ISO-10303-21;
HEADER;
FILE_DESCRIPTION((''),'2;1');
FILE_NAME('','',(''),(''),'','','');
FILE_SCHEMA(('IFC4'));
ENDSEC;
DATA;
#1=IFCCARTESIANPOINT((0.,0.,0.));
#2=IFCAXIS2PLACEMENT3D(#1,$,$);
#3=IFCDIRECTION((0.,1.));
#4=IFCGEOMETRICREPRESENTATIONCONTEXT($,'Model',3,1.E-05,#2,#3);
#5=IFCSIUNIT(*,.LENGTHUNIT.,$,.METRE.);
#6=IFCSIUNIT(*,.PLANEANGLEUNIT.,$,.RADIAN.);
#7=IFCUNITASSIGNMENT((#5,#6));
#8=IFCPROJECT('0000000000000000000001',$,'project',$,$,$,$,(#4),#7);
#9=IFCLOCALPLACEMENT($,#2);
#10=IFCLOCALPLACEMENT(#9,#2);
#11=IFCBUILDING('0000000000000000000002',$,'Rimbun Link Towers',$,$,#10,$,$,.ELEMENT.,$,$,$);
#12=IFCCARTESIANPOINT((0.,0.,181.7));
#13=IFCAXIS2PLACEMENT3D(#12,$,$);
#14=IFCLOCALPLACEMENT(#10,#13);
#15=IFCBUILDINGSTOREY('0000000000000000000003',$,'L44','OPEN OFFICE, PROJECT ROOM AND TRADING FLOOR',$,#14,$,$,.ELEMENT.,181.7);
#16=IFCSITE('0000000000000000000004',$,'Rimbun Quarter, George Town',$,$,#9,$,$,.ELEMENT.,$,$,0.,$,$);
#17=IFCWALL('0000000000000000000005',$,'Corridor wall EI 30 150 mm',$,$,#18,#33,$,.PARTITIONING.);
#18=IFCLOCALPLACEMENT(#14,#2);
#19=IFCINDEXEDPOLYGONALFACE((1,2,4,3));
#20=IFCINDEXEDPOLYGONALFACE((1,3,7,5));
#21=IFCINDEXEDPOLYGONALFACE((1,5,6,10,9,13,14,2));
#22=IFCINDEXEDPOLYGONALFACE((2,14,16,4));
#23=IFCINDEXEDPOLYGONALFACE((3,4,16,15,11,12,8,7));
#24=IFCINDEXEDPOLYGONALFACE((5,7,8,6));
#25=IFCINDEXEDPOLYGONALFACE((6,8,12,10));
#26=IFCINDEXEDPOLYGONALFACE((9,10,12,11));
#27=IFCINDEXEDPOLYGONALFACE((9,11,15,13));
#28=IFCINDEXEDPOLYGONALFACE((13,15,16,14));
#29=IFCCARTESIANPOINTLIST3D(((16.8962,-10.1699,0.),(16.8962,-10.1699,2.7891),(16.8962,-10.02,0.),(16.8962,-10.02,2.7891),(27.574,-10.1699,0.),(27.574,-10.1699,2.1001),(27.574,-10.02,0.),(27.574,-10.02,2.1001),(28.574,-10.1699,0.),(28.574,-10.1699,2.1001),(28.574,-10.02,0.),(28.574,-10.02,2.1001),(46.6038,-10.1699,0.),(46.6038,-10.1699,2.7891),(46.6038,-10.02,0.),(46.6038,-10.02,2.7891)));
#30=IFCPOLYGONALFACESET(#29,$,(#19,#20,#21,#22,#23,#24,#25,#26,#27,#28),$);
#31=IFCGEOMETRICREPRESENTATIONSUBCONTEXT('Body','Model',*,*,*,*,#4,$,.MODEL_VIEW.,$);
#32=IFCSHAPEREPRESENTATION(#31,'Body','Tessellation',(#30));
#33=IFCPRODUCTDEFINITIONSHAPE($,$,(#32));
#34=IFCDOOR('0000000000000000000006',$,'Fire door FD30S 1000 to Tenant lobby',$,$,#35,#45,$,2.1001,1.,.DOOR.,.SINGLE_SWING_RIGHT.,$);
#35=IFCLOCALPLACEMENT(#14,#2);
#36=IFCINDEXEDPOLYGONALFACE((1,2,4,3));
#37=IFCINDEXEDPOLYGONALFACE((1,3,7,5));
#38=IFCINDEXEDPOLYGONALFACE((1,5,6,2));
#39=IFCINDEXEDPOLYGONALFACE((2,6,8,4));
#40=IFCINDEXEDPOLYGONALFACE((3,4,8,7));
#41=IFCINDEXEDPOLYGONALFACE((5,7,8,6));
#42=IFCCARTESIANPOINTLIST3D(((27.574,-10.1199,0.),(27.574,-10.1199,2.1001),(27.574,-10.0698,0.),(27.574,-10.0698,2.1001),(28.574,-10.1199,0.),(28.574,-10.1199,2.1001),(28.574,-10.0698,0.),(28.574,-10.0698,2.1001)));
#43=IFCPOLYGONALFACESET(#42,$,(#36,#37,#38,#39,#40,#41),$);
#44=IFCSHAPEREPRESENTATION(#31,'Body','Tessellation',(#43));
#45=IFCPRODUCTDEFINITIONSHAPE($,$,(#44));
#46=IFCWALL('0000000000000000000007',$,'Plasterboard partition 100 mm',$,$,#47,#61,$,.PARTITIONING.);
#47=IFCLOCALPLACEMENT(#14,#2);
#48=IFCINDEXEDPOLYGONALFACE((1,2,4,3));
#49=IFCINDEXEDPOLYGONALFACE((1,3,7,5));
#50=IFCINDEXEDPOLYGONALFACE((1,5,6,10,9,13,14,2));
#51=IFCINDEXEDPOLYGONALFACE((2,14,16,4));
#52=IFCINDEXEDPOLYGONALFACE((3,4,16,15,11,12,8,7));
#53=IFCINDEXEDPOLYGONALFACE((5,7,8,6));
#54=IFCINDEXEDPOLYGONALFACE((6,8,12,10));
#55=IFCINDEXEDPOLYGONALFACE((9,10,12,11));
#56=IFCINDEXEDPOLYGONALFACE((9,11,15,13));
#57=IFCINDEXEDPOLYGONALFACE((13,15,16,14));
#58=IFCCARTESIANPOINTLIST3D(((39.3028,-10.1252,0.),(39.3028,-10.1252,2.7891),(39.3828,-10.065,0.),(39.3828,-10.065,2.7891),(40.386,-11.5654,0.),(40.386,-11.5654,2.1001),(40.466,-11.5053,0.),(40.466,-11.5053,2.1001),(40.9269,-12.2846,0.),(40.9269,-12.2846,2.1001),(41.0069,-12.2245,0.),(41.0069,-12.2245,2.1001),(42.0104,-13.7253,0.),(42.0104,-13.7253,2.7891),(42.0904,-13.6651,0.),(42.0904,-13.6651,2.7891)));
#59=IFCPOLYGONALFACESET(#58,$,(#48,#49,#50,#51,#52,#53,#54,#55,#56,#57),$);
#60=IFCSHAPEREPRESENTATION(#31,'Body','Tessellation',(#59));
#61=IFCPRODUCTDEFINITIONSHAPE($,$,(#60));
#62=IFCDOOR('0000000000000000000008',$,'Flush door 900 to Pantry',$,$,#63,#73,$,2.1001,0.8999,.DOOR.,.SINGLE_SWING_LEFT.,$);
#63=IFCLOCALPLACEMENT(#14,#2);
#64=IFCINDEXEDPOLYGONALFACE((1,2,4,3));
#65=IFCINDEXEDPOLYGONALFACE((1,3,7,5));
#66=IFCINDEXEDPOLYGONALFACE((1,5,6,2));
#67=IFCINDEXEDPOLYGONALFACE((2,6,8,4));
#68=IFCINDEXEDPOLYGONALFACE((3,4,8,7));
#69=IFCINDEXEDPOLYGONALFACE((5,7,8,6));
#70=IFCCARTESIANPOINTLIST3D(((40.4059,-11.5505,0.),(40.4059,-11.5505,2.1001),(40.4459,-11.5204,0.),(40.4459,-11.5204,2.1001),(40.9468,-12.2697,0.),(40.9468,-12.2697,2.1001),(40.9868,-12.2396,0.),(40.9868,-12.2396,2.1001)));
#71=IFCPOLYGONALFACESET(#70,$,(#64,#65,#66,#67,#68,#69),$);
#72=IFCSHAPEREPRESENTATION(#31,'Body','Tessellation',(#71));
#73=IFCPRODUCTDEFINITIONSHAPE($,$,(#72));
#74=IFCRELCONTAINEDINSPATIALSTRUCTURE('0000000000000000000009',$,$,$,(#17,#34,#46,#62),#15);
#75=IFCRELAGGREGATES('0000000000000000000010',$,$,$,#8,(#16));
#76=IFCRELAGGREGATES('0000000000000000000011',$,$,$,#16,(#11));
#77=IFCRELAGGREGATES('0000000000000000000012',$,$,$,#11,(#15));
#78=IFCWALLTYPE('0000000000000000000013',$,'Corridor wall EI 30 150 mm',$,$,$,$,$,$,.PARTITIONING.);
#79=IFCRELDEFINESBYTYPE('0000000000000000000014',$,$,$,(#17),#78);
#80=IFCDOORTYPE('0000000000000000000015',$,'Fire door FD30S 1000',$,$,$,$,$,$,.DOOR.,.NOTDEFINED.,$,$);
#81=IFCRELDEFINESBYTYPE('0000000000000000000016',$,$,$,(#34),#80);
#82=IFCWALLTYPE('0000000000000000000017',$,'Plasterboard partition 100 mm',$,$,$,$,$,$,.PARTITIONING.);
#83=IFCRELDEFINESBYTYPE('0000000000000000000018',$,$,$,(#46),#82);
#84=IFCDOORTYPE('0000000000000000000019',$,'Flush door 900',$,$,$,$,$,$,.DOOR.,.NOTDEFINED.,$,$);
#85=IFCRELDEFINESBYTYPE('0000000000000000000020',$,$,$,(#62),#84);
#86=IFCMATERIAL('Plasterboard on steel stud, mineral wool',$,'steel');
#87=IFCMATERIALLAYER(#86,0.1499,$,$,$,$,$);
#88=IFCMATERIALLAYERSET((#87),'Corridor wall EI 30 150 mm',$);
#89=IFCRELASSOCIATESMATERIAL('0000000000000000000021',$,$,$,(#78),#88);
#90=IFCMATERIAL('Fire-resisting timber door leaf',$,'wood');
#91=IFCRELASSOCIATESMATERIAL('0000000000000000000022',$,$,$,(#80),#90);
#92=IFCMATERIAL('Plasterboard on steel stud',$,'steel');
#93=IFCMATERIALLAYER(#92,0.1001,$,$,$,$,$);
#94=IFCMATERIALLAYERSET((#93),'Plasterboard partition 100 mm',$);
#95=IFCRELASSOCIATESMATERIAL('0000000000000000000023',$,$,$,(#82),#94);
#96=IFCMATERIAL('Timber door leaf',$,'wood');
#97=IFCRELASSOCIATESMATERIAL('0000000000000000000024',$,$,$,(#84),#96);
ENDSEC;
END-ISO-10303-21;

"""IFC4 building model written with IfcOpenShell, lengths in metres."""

from ifc_helpers import new_model, si_unit, direction, frame, frame_2d, origin, place, context, subcontext, project, spatial, rectangle, extrude, material, layer, layer_set, type_object, element, fill, save


model = new_model("IFC4")

# Units and contexts
model_context = context("Model", 3, precision=1e-05, world=origin(), true_north=direction((0.0, 1.0)))
body_context = subcontext(model_context, "Body", "Model", "MODEL_VIEW")
ifc_project = project(units=[si_unit("LENGTHUNIT", "METRE"), si_unit("PLANEANGLEUNIT", "RADIAN")], contexts=[model_context])

# Site, building, storey
site_placement = place(None, origin())
site = spatial("IfcSite", under=ifc_project, at=site_placement, Name="Rimbun Quarter, George Town", CompositionType="ELEMENT", RefElevation=0.0)
building_placement = place(site_placement, origin())
building = spatial("IfcBuilding", under=site, at=building_placement, Name="Rimbun Link Towers", CompositionType="ELEMENT")
storey_placement = place(building_placement, frame((0.0, 0.0, 181.7)))
storey = spatial("IfcBuildingStorey", under=building, at=storey_placement, Name="L44", Description="OPEN OFFICE, PROJECT ROOM AND TRADING FLOOR", CompositionType="ELEMENT", Elevation=181.7)

# Shared definitions
ifc_material_1 = material(Name="Plasterboard on steel stud, mineral wool", Category="steel")
ifc_layer_1 = layer(ifc_material_1, 0.1499)
ifc_layer_set_1 = layer_set([ifc_layer_1], Name="Corridor wall EI 30 150 mm")
wall_type_1 = type_object("IfcWallType", Name="Corridor wall EI 30 150 mm", PredefinedType="PARTITIONING", material=ifc_layer_set_1)

# Walls, openings, doors
wall_1_placement = place(storey_placement, frame((46.6038, -10.095, 0.0), z_axis=(0.0, 0.0, 1.0), x_axis=(-1.0, 0.0, 0.0)))
wall_1 = element("IfcWall", 1, at=wall_1_placement, inside=storey, type_object=wall_type_1, Name="Corridor wall EI 30 150 mm", PredefinedType="PARTITIONING", context=body_context, shape_type="SweptSolid", body=[
    extrude(rectangle(XDim=29.7075, YDim=0.1499, at=frame_2d((14.8538, 0.0))), origin(), (0.0, 0.0, 1.0), 2.7891),
])
opening_1_placement = place(wall_1_placement, frame((18.0298, 0.0, 0.0)))
opening_1 = element("IfcOpeningElement", 2, at=opening_1_placement, cuts=wall_1, PredefinedType="OPENING", context=body_context, shape_type="SweptSolid", body=[
    extrude(rectangle(XDim=1.0, YDim=2.1001, at=frame_2d((0.5, 1.05))), frame((0.0, 0.085, 0.0), z_axis=(0.0, -1.0, 0.0), x_axis=(1.0, 0.0, 0.0)), (0.0, 0.0, 1.0), 0.1699),
])
ifc_material_2 = material(Name="Fire-resisting timber door leaf", Category="wood")
door_type_1 = type_object("IfcDoorType", Name="Fire door FD30S 1000", OperationType="NOTDEFINED", PredefinedType="DOOR", material=ifc_material_2)
door_1_placement = place(opening_1_placement, origin())
door_1 = element("IfcDoor", 3, at=door_1_placement, inside=storey, type_object=door_type_1, Name="Fire door FD30S 1000 to Tenant lobby", OperationType="SINGLE_SWING_RIGHT", OverallHeight=2.1001, OverallWidth=1.0, PredefinedType="DOOR", context=body_context, shape_type="SweptSolid", body=[
    extrude(rectangle(XDim=1.0, YDim=2.1001, at=frame_2d((0.5, 1.05))), frame((0.0, 0.0249, 0.0), z_axis=(0.0, -1.0, 0.0), x_axis=(1.0, 0.0, 0.0)), (0.0, 0.0, 1.0), 0.05),
])
fill(opening_1, door_1)
ifc_material_3 = material(Name="Plasterboard on steel stud", Category="steel")
ifc_layer_2 = layer(ifc_material_3, 0.1001)
ifc_layer_set_2 = layer_set([ifc_layer_2], Name="Plasterboard partition 100 mm")
wall_type_2 = type_object("IfcWallType", Name="Plasterboard partition 100 mm", PredefinedType="PARTITIONING", material=ifc_layer_set_2)
wall_2_placement = place(storey_placement, frame((39.3428, -10.095, 0.0), z_axis=(0.0, 0.0, 1.0), x_axis=(0.601057, -0.799206, 0.0)))
wall_2 = element("IfcWall", 4, at=wall_2_placement, inside=storey, type_object=wall_type_2, Name="Plasterboard partition 100 mm", PredefinedType="PARTITIONING", context=body_context, shape_type="SweptSolid", body=[
    extrude(rectangle(XDim=4.5046, YDim=0.1001, at=frame_2d((2.2524, 0.0))), origin(), (0.0, 0.0, 1.0), 2.7891),
])
opening_2_placement = place(wall_2_placement, frame((1.8022, 0.0, 0.0)))
opening_2 = element("IfcOpeningElement", 5, at=opening_2_placement, cuts=wall_2, PredefinedType="OPENING", context=body_context, shape_type="SweptSolid", body=[
    extrude(rectangle(XDim=0.8999, YDim=2.1001, at=frame_2d((0.45, 1.05))), frame((0.0, 0.0601, 0.0), z_axis=(0.0, -1.0, 0.0), x_axis=(1.0, 0.0, 0.0)), (0.0, 0.0, 1.0), 0.1201),
])
ifc_material_4 = material(Name="Timber door leaf", Category="wood")
door_type_2 = type_object("IfcDoorType", Name="Flush door 900", OperationType="NOTDEFINED", PredefinedType="DOOR", material=ifc_material_4)
door_2_placement = place(opening_2_placement, origin())
door_2 = element("IfcDoor", 6, at=door_2_placement, inside=storey, type_object=door_type_2, Name="Flush door 900 to Pantry", OperationType="SINGLE_SWING_LEFT", OverallHeight=2.1001, OverallWidth=0.8999, PredefinedType="DOOR", context=body_context, shape_type="SweptSolid", body=[
    extrude(rectangle(XDim=0.8999, YDim=2.1001, at=frame_2d((0.45, 1.05))), frame((0.0, 0.0249, 0.0), z_axis=(0.0, -1.0, 0.0), x_axis=(1.0, 0.0, 0.0)), (0.0, 0.0, 1.0), 0.05),
])
fill(opening_2, door_2)

save(model, "model.ifc")
